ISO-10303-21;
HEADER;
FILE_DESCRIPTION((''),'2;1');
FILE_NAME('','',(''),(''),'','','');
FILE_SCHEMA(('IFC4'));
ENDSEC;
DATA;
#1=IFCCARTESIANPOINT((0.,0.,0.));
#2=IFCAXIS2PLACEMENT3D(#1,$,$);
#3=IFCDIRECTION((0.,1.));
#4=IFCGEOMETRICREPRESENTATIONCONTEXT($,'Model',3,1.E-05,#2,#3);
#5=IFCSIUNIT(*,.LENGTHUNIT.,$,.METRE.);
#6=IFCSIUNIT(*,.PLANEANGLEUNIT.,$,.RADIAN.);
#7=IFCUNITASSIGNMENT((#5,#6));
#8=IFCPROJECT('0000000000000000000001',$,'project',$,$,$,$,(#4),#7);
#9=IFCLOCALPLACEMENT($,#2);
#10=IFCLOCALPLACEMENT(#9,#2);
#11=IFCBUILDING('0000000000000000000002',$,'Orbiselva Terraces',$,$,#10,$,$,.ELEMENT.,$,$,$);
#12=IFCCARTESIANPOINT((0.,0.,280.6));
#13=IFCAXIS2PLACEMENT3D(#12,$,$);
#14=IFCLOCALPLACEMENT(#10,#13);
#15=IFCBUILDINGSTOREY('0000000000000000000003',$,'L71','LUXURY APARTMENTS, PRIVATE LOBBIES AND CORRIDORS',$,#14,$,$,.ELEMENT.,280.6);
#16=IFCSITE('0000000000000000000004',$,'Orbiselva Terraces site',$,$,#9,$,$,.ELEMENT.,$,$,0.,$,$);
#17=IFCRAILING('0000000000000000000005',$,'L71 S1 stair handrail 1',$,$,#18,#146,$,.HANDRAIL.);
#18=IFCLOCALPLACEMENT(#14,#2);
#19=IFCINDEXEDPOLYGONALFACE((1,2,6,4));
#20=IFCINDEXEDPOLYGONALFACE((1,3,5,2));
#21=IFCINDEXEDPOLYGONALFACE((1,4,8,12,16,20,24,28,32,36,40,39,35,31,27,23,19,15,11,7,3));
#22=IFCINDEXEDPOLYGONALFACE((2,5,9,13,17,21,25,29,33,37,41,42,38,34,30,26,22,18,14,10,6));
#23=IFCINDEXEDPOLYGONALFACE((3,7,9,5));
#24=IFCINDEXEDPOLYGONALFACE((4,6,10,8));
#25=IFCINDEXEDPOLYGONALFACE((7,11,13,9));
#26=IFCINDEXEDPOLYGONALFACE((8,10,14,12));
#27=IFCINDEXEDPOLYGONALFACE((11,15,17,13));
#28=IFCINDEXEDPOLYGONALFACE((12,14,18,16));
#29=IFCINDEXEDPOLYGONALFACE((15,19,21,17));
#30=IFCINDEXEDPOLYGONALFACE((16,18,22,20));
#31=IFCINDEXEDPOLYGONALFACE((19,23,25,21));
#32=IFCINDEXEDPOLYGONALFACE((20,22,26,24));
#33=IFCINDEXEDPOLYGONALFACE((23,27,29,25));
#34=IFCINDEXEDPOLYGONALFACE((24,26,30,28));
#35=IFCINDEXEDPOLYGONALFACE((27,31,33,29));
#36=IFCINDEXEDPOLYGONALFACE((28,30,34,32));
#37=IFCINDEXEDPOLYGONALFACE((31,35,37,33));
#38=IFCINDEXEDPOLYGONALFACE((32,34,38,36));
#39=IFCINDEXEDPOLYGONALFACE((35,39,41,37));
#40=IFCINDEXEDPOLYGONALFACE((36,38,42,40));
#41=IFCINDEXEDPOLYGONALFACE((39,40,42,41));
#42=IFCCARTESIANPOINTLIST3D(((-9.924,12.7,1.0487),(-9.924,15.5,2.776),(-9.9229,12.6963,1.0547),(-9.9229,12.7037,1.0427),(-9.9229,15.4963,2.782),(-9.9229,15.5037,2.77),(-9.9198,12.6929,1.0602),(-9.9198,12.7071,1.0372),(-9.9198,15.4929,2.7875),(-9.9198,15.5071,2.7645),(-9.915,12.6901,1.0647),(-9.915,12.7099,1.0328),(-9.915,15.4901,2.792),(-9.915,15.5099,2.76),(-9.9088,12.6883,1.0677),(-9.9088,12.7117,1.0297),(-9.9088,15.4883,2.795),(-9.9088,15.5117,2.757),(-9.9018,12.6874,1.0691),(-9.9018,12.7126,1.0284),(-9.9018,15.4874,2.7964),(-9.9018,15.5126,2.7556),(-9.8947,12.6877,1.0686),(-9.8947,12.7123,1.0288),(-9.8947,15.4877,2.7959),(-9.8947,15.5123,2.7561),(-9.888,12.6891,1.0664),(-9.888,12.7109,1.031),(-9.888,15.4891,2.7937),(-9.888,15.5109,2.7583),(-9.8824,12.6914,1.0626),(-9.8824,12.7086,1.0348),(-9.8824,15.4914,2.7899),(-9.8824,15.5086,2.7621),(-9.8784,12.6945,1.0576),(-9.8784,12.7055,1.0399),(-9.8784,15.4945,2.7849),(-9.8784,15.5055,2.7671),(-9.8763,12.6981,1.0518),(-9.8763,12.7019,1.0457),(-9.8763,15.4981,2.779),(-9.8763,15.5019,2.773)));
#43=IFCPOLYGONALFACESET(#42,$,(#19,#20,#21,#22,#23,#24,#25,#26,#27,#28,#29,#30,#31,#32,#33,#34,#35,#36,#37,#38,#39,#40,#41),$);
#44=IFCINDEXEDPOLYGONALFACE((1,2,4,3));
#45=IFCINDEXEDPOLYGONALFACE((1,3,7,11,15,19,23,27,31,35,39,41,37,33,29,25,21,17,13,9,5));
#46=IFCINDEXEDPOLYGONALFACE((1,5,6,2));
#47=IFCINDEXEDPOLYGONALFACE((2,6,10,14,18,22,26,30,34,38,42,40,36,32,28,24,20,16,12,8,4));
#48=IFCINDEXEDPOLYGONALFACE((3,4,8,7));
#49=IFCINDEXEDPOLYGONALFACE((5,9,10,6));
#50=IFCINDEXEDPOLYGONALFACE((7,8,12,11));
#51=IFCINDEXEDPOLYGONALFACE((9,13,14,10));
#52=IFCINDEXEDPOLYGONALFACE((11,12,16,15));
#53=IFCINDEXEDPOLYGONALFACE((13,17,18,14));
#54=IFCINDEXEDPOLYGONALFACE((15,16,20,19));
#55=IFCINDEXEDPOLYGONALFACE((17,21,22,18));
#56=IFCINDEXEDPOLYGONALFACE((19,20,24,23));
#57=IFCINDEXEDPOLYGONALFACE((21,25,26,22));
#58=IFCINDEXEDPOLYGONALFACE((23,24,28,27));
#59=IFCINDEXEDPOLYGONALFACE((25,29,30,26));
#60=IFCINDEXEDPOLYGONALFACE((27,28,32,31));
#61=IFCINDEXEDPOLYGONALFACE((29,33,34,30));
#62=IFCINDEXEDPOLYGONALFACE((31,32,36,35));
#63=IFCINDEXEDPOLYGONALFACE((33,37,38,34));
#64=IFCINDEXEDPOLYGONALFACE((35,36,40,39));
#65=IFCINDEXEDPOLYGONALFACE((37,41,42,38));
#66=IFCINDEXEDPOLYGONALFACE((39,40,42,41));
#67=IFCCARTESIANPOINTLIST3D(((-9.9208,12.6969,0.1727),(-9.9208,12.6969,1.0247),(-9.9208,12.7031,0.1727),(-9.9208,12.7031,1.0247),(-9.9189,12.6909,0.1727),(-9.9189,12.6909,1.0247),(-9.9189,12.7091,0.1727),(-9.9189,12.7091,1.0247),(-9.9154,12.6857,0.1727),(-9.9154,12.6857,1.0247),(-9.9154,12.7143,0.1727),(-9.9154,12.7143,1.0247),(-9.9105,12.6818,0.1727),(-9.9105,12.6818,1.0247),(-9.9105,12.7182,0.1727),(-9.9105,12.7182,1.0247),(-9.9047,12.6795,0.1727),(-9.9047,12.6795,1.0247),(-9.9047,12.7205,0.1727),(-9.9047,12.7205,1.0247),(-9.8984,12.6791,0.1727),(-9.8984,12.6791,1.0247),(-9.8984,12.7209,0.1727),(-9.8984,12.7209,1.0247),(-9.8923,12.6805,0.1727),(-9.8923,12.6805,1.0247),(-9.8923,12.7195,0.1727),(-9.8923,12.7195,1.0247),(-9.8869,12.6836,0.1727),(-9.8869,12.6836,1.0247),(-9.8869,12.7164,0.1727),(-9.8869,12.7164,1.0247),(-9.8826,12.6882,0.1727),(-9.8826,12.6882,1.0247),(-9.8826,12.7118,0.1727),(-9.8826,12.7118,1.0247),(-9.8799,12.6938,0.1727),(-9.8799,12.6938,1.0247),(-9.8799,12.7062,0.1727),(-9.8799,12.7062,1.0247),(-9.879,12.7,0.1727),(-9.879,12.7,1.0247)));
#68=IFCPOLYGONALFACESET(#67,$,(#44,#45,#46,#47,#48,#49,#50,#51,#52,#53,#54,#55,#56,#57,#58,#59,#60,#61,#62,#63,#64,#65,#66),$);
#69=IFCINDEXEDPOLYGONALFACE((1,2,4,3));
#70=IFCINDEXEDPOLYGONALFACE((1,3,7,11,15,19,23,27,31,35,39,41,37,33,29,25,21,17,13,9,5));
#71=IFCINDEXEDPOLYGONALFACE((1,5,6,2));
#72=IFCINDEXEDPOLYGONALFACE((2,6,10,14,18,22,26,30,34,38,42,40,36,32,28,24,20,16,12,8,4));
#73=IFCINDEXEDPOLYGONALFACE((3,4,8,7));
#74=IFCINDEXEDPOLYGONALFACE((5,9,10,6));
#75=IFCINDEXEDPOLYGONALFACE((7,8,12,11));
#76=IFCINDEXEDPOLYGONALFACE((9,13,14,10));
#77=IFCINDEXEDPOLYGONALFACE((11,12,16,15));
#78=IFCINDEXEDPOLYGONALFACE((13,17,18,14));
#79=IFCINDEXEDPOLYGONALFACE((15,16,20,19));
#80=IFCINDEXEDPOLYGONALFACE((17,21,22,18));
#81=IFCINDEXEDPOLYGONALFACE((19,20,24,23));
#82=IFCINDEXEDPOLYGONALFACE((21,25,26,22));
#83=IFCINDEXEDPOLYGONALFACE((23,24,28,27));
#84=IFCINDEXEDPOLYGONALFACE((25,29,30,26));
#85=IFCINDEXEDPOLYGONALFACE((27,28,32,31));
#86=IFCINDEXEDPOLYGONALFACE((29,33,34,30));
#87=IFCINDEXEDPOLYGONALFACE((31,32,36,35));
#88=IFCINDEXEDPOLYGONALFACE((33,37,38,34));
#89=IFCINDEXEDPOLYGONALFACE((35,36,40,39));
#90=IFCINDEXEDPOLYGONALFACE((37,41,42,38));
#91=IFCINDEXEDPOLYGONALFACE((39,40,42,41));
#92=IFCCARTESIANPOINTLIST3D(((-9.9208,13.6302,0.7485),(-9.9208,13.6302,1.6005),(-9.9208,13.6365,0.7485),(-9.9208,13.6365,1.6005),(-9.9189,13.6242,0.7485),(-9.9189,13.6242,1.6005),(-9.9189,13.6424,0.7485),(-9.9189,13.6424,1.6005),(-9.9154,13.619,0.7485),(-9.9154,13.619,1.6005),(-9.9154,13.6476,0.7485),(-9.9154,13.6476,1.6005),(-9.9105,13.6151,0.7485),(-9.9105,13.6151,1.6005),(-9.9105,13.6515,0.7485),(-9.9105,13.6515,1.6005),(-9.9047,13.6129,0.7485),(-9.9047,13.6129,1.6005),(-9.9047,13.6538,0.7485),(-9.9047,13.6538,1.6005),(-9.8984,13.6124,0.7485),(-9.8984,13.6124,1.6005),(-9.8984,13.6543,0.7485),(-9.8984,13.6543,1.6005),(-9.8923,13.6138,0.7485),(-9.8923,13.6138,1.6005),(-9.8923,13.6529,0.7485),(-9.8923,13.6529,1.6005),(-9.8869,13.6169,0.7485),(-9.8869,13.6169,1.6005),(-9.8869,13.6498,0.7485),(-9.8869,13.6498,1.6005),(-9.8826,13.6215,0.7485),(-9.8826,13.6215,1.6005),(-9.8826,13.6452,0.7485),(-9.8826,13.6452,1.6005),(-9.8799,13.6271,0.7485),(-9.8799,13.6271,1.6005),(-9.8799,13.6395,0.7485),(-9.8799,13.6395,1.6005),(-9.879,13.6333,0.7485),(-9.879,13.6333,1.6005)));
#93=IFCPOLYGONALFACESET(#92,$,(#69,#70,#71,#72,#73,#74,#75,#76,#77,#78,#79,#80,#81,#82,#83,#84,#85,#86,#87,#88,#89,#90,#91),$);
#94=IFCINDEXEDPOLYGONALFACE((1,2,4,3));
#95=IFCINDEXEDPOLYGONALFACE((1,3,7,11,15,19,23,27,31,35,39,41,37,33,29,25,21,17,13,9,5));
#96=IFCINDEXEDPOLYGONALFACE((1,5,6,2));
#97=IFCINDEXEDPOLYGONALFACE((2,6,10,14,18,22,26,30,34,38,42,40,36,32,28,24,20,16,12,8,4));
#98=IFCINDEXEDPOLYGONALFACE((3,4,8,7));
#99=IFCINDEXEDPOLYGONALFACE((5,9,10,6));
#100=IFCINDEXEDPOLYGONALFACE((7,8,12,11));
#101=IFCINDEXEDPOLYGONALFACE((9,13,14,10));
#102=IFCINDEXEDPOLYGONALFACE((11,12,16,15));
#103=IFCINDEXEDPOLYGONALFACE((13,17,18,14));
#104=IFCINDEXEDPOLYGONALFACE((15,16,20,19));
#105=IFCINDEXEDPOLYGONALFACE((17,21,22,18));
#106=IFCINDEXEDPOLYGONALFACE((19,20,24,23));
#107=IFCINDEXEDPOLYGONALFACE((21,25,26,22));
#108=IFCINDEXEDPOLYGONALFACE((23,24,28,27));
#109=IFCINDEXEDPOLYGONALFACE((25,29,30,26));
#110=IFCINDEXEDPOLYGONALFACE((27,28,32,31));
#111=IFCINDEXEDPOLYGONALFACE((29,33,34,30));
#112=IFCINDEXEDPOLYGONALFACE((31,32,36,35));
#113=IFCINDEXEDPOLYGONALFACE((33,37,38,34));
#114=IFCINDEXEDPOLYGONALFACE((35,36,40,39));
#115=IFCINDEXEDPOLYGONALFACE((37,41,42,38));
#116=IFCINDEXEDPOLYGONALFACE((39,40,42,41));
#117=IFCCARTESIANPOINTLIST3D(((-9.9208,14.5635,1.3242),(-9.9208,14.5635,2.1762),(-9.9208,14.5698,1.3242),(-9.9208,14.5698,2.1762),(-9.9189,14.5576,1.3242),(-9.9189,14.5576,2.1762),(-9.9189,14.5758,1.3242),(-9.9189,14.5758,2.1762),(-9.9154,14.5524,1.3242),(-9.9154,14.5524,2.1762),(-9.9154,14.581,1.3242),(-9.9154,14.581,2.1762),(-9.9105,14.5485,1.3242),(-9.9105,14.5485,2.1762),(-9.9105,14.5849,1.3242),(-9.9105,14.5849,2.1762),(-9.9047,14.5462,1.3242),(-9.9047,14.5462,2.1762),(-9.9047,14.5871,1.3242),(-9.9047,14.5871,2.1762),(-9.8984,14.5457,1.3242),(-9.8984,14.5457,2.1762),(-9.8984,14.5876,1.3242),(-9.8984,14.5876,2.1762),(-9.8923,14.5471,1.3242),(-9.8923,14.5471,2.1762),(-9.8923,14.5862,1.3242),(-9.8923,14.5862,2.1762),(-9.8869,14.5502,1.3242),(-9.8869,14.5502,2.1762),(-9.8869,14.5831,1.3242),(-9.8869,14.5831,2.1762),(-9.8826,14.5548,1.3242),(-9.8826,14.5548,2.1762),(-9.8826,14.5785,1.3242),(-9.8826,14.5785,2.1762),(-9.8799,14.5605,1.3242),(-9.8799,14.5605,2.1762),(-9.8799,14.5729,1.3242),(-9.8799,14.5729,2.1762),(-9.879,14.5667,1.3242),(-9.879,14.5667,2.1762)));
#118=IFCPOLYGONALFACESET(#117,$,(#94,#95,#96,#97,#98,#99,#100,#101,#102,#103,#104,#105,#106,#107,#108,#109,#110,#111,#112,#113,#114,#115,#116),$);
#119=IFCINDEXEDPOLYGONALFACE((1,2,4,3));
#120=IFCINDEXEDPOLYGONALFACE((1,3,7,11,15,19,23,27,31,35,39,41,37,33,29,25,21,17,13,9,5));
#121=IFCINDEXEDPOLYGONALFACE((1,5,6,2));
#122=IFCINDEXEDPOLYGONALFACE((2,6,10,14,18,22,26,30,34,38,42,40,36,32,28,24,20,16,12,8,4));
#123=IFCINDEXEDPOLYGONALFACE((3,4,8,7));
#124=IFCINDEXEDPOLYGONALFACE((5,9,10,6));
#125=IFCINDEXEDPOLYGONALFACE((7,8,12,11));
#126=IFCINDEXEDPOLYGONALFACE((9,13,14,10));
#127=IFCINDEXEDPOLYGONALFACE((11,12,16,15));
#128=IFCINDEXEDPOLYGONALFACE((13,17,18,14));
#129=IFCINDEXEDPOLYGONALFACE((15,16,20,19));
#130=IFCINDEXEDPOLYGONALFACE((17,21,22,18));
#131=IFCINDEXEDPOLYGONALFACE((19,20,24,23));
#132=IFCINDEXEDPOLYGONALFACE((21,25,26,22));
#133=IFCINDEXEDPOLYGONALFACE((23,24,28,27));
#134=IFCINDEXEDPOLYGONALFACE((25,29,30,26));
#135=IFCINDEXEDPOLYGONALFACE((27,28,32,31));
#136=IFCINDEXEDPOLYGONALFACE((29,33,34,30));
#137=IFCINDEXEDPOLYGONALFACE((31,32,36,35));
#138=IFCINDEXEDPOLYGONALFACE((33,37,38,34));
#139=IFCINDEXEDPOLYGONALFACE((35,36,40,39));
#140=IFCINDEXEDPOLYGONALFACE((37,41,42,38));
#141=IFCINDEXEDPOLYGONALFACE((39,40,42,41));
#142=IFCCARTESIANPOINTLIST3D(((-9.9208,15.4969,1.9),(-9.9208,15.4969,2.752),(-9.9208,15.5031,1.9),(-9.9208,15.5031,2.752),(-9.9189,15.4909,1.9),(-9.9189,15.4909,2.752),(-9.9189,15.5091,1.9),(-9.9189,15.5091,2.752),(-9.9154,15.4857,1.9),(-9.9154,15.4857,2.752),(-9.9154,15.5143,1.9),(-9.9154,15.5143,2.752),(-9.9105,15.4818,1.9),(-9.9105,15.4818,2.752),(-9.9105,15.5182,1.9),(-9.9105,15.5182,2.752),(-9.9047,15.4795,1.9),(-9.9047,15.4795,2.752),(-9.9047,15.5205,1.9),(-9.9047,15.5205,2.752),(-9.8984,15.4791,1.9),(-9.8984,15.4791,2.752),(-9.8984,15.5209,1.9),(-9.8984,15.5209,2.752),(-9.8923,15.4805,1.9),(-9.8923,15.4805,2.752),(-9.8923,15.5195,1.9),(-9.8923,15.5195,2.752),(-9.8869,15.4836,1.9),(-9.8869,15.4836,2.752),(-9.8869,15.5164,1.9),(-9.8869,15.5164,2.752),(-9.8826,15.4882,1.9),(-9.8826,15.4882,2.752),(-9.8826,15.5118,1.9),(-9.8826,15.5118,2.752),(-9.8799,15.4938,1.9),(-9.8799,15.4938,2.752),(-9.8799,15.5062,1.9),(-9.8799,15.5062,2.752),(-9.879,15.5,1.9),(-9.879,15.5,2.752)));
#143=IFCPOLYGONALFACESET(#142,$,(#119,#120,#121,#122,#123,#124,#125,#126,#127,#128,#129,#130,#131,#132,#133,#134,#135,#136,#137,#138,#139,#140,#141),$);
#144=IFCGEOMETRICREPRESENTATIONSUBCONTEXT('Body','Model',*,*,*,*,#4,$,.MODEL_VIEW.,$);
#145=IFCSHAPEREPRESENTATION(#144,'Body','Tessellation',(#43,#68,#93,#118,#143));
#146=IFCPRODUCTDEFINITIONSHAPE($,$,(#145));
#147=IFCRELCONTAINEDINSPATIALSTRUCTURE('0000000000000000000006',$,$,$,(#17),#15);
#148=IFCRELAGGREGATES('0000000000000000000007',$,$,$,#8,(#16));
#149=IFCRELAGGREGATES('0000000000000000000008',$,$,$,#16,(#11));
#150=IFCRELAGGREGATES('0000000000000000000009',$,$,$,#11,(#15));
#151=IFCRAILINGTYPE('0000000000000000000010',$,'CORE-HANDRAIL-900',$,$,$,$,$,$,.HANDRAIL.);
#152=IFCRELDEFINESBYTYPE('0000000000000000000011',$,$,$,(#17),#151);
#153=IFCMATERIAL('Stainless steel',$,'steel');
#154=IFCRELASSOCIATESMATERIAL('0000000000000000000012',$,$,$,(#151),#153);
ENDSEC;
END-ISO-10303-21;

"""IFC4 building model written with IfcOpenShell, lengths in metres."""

from ifc_helpers import new_model, si_unit, direction, frame, origin, origin_2d, place, context, subcontext, project, spatial, circle, extrude, material, type_object, element, save


model = new_model("IFC4")

# Units and contexts
model_context = context("Model", 3, precision=1e-05, world=origin(), true_north=direction((0.0, 1.0)))
body_context = subcontext(model_context, "Body", "Model", "MODEL_VIEW")
ifc_project = project(units=[si_unit("LENGTHUNIT", "METRE"), si_unit("PLANEANGLEUNIT", "RADIAN")], contexts=[model_context])

# Site, building, storey
site_placement = place(None, origin())
site = spatial("IfcSite", under=ifc_project, at=site_placement, Name="Orbiselva Terraces site", CompositionType="ELEMENT", RefElevation=0.0)
building_placement = place(site_placement, origin())
building = spatial("IfcBuilding", under=site, at=building_placement, Name="Orbiselva Terraces", CompositionType="ELEMENT")
storey_placement = place(building_placement, frame((0.0, 0.0, 280.6)))
storey = spatial("IfcBuildingStorey", under=building, at=storey_placement, Name="L71", Description="LUXURY APARTMENTS, PRIVATE LOBBIES AND CORRIDORS", CompositionType="ELEMENT", Elevation=280.6)

# Railing
ifc_material_1 = material(Name="Stainless steel", Category="steel")
railing_type_1 = type_object("IfcRailingType", Name="CORE-HANDRAIL-900", PredefinedType="HANDRAIL", material=ifc_material_1)
railing_1_placement = place(storey_placement, frame((-9.9, 12.7, 0.1727)))
element("IfcRailing", 1, at=railing_1_placement, inside=storey, type_object=railing_type_1, Name="L71 S1 stair handrail 1", PredefinedType="HANDRAIL", context=body_context, shape_type="SweptSolid", body=[
    extrude(circle(Radius=0.024, at=origin_2d()), frame((0.0, 0.0, 0.876), z_axis=(0.0, 0.851089, 0.525022), x_axis=(-1.0, 0.0, 0.0)), (0.0, 0.0, 1.0), 3.2899),
    extrude(circle(Radius=0.021, at=origin_2d()), origin(), (0.0, 0.0, 1.0), 0.852),
    extrude(circle(Radius=0.021, at=origin_2d()), frame((0.0, 0.9333, 0.5758)), (0.0, 0.0, 1.0), 0.852),
    extrude(circle(Radius=0.021, at=origin_2d()), frame((0.0, 1.8667, 1.1515)), (0.0, 0.0, 1.0), 0.852),
    extrude(circle(Radius=0.021, at=origin_2d()), frame((0.0, 2.8, 1.7273)), (0.0, 0.0, 1.0), 0.852),
])

save(model, "model.ifc")
